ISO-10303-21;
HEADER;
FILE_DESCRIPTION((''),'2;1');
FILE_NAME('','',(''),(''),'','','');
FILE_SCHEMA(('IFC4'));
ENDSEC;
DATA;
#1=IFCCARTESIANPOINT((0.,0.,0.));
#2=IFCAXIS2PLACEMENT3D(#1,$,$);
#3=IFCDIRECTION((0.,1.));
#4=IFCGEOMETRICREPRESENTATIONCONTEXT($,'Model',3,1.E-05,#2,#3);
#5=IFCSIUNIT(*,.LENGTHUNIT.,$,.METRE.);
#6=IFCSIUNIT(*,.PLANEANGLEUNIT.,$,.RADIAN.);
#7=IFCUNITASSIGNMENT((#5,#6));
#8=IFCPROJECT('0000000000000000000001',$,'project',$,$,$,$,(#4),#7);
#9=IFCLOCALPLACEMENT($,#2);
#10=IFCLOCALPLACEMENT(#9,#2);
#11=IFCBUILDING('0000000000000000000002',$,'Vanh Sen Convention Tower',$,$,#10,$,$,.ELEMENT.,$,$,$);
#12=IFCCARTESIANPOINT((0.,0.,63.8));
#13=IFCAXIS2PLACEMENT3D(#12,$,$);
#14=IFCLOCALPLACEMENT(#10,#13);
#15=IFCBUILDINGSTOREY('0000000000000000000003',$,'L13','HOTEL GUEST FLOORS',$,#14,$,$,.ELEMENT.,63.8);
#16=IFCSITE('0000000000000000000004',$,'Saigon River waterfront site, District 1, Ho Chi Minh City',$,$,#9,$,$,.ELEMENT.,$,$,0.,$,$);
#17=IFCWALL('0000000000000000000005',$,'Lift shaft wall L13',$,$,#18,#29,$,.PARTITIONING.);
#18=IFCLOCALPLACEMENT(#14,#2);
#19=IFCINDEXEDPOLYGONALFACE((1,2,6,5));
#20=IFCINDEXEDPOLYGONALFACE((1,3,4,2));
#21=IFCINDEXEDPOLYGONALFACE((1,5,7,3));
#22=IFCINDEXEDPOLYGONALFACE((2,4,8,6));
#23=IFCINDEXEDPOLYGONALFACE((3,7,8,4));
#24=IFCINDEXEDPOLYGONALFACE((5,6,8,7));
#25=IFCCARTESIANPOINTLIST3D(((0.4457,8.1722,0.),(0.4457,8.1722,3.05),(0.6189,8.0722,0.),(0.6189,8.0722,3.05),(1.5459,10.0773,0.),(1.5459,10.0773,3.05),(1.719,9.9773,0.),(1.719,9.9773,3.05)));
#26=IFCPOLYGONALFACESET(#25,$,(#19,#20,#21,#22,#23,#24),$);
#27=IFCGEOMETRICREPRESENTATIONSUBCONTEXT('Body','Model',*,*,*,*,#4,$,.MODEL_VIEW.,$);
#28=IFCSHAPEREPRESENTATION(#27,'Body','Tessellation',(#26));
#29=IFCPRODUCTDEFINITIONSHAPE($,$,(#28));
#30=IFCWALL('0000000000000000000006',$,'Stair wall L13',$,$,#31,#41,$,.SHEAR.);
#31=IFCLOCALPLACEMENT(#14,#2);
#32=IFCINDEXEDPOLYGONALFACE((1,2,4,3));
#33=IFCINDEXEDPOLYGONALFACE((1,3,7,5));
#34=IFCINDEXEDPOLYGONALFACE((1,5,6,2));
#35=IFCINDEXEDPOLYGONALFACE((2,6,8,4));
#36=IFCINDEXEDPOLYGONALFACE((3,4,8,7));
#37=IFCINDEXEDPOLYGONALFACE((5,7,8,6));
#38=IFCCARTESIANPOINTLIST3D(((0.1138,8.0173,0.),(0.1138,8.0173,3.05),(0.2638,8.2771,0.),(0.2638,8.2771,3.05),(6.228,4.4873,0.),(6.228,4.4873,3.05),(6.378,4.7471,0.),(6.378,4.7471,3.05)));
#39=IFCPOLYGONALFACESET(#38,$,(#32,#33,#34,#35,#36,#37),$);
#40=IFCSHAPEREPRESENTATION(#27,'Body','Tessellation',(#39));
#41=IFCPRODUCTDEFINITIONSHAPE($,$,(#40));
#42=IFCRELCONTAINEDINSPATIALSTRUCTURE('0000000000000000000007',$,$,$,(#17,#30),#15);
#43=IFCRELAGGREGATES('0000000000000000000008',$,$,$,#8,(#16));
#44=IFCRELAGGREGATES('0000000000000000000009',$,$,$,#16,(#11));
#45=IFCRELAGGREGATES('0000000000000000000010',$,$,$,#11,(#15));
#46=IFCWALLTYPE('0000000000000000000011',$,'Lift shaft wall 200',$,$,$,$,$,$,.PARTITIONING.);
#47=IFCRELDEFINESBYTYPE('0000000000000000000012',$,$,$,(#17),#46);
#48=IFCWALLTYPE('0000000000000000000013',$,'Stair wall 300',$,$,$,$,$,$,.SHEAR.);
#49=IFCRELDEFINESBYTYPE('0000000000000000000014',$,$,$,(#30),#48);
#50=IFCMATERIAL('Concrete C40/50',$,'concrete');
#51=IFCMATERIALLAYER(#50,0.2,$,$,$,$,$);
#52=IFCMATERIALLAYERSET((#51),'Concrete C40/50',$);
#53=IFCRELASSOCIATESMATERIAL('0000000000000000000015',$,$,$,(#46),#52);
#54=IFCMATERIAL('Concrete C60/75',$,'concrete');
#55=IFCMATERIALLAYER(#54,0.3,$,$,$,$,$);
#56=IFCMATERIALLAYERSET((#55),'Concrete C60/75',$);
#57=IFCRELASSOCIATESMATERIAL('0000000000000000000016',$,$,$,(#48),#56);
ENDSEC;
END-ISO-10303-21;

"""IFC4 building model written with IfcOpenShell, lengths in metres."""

from ifc_helpers import new_model, si_unit, direction, frame, frame_2d, origin, place, context, subcontext, project, spatial, rectangle, extrude, material, layer, layer_set, type_object, element, save


model = new_model("IFC4")

# Units and contexts
model_context = context("Model", 3, precision=1e-05, world=origin(), true_north=direction((0.0, 1.0)))
body_context = subcontext(model_context, "Body", "Model", "MODEL_VIEW")
ifc_project = project(units=[si_unit("LENGTHUNIT", "METRE"), si_unit("PLANEANGLEUNIT", "RADIAN")], contexts=[model_context])

# Site, building, storey
site_placement = place(None, origin())
site = spatial("IfcSite", under=ifc_project, at=site_placement, Name="Saigon River waterfront site, District 1, Ho Chi Minh City", CompositionType="ELEMENT", RefElevation=0.0)
building_placement = place(site_placement, origin())
building = spatial("IfcBuilding", under=site, at=building_placement, Name="Vanh Sen Convention Tower", CompositionType="ELEMENT")
storey_placement = place(building_placement, frame((0.0, 0.0, 63.8)))
storey = spatial("IfcBuildingStorey", under=building, at=storey_placement, Name="L13", Description="HOTEL GUEST FLOORS", CompositionType="ELEMENT", Elevation=63.8)

# Shared definitions
ifc_material_1 = material(Name="Concrete C60/75", Category="concrete")

# Walls
ifc_material_2 = material(Name="Concrete C40/50", Category="concrete")
ifc_layer_1 = layer(ifc_material_2, 0.2)
ifc_layer_set_1 = layer_set([ifc_layer_1], Name="Concrete C40/50")
wall_type_1 = type_object("IfcWallType", Name="Lift shaft wall 200", PredefinedType="PARTITIONING", material=ifc_layer_set_1)
for number, where, z_axis, x_axis, name in (
    (1, (0.5322, 8.1221, 0.0), (0.0, 0.0, 1.0), (0.500078, 0.86598, 0.0), "Lift shaft wall L13"),
):
    element("IfcWall", number, at=place(storey_placement, frame(where, z_axis=z_axis, x_axis=x_axis)), inside=storey, type_object=wall_type_1, Name=name, PredefinedType="PARTITIONING", context=body_context, shape_type="SweptSolid", body=[
        extrude(rectangle(XDim=2.2, YDim=0.2, at=frame_2d((1.1001, 0.0))), origin(), (0.0, 0.0, 1.0), 3.05),
    ])
ifc_layer_2 = layer(ifc_material_1, 0.3)
ifc_layer_set_2 = layer_set([ifc_layer_2], Name="Concrete C60/75")
wall_type_2 = type_object("IfcWallType", Name="Stair wall 300", PredefinedType="SHEAR", material=ifc_layer_set_2)
wall_1_placement = place(storey_placement, frame((6.303, 4.6172, 0.0), z_axis=(0.0, 0.0, 1.0), x_axis=(-0.866028, 0.499996, 0.0)))
element("IfcWall", 2, at=wall_1_placement, inside=storey, type_object=wall_type_2, Name="Stair wall L13", PredefinedType="SHEAR", context=body_context, shape_type="SweptSolid", body=[
    extrude(rectangle(XDim=7.0601, YDim=0.3, at=frame_2d((3.53, 0.0))), origin(), (0.0, 0.0, 1.0), 3.05),
])

save(model, "model.ifc")
